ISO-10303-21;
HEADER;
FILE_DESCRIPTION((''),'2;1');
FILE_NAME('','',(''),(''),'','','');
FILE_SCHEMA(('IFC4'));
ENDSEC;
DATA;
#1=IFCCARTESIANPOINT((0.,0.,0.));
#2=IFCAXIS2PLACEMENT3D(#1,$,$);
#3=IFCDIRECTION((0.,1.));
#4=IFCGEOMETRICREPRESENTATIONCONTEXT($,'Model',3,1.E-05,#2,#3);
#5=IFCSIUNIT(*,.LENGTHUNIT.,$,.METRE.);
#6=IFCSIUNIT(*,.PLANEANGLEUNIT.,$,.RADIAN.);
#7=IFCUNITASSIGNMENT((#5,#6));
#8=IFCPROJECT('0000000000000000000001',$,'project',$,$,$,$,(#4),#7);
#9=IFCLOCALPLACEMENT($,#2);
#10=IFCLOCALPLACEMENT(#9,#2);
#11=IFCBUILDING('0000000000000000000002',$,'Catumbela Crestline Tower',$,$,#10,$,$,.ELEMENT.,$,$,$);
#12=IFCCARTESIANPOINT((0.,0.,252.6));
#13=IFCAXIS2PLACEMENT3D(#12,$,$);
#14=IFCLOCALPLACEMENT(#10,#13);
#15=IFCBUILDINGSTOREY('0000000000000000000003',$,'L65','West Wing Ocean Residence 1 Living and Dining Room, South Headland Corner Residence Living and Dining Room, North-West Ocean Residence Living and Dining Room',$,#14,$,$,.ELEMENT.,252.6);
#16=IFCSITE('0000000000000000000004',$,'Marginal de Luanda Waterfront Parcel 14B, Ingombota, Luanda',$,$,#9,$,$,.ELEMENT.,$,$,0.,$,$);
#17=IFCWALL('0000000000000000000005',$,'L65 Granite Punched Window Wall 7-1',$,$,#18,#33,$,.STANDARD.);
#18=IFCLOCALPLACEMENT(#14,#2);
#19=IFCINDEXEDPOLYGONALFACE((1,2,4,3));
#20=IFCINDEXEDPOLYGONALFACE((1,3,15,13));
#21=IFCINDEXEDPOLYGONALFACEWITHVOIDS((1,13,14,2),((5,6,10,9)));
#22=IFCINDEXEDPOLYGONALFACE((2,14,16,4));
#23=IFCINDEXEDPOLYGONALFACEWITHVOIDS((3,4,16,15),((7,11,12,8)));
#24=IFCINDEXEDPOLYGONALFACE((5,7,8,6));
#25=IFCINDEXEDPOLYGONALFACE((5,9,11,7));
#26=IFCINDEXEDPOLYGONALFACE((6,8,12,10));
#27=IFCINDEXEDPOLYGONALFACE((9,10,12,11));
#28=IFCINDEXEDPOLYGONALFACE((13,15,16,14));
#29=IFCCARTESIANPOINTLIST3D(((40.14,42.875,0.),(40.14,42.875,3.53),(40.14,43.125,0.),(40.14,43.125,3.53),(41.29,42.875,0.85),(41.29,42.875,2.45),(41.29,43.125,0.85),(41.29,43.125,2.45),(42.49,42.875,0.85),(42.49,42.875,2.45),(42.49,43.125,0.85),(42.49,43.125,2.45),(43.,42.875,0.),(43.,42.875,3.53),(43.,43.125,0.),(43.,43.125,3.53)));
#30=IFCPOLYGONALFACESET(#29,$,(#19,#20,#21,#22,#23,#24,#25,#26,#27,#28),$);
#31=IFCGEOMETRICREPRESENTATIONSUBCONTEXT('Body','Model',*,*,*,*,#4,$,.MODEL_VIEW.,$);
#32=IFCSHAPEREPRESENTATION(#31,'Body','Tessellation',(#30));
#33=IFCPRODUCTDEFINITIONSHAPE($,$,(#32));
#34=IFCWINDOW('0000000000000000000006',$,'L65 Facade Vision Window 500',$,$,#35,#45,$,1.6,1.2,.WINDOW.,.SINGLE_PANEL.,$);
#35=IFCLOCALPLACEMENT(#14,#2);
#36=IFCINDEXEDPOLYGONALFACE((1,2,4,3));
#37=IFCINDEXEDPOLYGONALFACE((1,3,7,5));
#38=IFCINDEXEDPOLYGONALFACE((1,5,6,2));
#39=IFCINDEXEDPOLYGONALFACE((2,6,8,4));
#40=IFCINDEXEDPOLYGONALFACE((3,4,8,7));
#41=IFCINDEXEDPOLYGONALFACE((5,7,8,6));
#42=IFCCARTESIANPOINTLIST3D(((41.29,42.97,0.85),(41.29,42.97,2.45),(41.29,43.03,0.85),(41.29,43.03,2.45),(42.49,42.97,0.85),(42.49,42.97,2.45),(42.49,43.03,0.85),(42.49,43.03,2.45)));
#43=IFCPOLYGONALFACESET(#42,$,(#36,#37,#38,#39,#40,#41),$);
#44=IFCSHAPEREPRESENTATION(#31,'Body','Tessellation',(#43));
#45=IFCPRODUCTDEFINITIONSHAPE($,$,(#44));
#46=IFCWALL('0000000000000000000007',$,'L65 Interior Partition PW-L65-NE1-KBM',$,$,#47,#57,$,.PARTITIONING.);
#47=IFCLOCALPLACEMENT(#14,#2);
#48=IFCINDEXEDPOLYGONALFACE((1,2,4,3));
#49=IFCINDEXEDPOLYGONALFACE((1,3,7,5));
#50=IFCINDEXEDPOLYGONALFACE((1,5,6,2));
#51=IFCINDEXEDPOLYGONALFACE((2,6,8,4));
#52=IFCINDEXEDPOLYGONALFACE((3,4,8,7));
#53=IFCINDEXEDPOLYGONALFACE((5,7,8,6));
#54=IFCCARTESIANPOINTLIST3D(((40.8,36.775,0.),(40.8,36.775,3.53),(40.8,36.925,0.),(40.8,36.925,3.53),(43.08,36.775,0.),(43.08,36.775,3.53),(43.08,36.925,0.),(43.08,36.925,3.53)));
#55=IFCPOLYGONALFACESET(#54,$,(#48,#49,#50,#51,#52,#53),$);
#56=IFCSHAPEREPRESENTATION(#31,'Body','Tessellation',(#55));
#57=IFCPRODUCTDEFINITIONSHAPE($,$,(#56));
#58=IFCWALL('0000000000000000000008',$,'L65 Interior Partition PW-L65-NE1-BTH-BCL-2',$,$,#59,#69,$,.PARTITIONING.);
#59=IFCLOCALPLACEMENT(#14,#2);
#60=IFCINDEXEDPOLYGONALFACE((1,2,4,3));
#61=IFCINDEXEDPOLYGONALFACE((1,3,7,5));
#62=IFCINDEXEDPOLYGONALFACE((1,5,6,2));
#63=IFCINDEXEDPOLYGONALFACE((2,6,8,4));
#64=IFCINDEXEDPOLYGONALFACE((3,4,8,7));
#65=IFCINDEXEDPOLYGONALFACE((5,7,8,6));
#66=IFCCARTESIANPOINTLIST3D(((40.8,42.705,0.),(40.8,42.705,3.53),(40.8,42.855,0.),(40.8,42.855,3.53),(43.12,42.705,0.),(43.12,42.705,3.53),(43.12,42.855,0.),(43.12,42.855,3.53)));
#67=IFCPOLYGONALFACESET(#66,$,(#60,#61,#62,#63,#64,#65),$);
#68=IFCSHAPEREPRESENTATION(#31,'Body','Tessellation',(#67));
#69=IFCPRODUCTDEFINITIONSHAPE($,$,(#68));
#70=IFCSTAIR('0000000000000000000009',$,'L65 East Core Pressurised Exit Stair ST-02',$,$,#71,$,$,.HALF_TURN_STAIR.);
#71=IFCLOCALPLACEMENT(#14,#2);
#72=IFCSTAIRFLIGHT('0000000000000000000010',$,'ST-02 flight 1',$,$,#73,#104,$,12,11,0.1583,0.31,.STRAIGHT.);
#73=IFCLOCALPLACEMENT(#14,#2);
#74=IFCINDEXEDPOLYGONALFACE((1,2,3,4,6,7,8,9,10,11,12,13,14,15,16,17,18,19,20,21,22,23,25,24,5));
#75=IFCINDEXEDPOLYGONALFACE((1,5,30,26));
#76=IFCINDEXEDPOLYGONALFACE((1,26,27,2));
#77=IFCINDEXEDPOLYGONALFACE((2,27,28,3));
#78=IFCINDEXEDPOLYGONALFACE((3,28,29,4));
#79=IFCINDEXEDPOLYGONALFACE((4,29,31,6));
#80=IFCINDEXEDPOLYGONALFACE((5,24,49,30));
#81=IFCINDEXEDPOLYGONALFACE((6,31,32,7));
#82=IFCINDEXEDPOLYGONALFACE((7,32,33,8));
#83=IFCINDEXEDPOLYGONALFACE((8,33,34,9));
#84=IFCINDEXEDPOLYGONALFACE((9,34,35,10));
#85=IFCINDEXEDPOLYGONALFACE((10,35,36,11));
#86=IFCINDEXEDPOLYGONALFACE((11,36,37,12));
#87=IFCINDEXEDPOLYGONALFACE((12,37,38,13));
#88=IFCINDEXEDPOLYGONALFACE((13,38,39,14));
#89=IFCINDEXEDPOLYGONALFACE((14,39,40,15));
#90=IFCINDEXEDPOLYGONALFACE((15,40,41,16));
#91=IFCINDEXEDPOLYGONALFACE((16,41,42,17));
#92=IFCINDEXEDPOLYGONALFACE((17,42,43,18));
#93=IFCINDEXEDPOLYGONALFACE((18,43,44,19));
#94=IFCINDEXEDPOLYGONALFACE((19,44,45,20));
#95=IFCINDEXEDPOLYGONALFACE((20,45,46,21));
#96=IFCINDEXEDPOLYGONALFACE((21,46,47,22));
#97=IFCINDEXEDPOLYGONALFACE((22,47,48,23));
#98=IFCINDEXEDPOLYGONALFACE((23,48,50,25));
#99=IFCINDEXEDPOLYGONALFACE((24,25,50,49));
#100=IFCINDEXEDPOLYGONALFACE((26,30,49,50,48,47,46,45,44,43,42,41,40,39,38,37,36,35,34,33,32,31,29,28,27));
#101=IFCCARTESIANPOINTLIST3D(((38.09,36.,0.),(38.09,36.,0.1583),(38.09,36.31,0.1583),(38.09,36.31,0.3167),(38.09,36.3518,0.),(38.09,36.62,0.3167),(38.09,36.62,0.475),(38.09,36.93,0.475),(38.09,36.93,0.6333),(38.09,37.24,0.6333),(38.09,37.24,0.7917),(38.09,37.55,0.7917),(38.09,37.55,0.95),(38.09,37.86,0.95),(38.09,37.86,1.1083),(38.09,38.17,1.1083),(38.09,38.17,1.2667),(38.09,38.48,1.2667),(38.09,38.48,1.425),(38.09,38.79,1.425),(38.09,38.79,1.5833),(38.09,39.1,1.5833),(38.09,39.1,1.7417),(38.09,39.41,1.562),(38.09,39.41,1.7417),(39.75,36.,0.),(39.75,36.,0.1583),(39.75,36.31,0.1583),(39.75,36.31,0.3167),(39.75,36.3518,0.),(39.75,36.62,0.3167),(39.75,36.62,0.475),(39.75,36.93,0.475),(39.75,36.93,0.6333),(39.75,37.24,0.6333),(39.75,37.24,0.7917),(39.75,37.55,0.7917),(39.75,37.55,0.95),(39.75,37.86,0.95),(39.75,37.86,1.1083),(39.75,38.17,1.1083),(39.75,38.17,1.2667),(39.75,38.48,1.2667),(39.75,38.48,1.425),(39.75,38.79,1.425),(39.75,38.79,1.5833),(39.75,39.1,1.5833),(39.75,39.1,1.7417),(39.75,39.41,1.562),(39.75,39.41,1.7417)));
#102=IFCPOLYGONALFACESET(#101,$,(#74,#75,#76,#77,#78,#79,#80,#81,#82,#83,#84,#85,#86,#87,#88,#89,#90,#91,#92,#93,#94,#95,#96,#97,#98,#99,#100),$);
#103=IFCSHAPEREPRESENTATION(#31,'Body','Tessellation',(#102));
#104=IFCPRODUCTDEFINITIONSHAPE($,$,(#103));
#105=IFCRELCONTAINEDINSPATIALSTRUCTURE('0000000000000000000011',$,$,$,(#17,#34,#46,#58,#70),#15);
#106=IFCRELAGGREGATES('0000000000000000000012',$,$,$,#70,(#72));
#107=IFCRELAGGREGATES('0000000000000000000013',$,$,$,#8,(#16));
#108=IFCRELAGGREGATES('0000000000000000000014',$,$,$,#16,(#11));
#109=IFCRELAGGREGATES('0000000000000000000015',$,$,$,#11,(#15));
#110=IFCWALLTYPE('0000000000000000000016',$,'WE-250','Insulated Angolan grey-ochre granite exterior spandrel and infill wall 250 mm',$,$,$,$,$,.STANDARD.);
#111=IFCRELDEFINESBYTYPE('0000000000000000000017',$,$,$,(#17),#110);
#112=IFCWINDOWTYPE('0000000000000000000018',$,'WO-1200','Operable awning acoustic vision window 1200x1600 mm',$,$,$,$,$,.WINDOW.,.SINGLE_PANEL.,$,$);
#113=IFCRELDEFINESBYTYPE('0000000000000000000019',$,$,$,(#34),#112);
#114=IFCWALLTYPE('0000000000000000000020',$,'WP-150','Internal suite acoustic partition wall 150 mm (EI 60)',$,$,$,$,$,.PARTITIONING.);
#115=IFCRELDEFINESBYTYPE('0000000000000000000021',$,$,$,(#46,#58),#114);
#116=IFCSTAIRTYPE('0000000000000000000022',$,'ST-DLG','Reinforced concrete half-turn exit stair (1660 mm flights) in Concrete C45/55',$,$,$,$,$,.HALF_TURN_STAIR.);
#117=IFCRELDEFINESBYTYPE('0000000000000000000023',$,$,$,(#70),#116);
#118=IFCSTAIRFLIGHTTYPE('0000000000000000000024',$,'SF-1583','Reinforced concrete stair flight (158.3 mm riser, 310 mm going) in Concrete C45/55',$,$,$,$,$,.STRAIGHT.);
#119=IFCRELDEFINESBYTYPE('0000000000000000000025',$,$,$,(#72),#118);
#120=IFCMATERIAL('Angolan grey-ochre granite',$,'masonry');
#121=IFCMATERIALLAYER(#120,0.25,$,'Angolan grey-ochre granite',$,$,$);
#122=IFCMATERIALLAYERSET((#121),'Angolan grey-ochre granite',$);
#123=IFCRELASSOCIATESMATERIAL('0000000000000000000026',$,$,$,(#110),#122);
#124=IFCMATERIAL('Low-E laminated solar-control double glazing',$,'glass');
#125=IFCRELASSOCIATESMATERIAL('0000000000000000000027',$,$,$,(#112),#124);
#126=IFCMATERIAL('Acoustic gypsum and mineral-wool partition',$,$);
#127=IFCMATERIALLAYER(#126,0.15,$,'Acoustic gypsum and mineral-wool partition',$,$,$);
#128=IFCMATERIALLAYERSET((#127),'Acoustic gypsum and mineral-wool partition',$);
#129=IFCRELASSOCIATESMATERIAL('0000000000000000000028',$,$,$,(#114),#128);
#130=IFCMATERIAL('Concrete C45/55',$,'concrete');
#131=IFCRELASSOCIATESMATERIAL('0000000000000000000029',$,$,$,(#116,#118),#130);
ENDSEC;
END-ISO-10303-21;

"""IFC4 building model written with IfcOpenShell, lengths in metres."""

from ifc_helpers import new_model, si_unit, direction, frame, frame_2d, origin, place, context, subcontext, project, spatial, polyline, rectangle, outline, extrude, material, layer, layer_set, type_object, element, fill, aggregate, save


model = new_model("IFC4")

# Units and contexts
model_context = context("Model", 3, precision=1e-05, world=origin(), true_north=direction((0.0, 1.0)))
body_context = subcontext(model_context, "Body", "Model", "MODEL_VIEW")
ifc_project = project(units=[si_unit("LENGTHUNIT", "METRE"), si_unit("PLANEANGLEUNIT", "RADIAN")], contexts=[model_context])

# Site, building, storey
site_placement = place(None, origin())
site = spatial("IfcSite", under=ifc_project, at=site_placement, Name="Marginal de Luanda Waterfront Parcel 14B, Ingombota, Luanda", CompositionType="ELEMENT", RefElevation=0.0)
building_placement = place(site_placement, origin())
building = spatial("IfcBuilding", under=site, at=building_placement, Name="Catumbela Crestline Tower", CompositionType="ELEMENT")
storey_placement = place(building_placement, frame((0.0, 0.0, 252.6)))
storey = spatial("IfcBuildingStorey", under=building, at=storey_placement, Name="L65", Description="West Wing Ocean Residence 1 Living and Dining Room, South Headland Corner Residence Living and Dining Room, North-West Ocean Residence Living and Dining Room", CompositionType="ELEMENT", Elevation=252.6)

# Shared definitions
ifc_material_1 = material(Name="Concrete C45/55", Category="concrete")

# Shared definitions
ifc_material_2 = material(Name="Low-E laminated solar-control double glazing", Category="glass")

# Wall, opening, window
ifc_material_3 = material(Name="Angolan grey-ochre granite", Category="masonry")
ifc_layer_1 = layer(ifc_material_3, 0.25, Name="Angolan grey-ochre granite")
ifc_layer_set_1 = layer_set([ifc_layer_1], Name="Angolan grey-ochre granite")
wall_type_1 = type_object("IfcWallType", Name="WE-250", Description="Insulated Angolan grey-ochre granite exterior spandrel and infill wall 250 mm", PredefinedType="STANDARD", material=ifc_layer_set_1)
wall_1_placement = place(storey_placement, frame((43.0, 43.0, 0.0), z_axis=(0.0, 0.0, 1.0), x_axis=(-1.0, 0.0, 0.0)))
wall_1 = element("IfcWall", 1, at=wall_1_placement, inside=storey, type_object=wall_type_1, Name="L65 Granite Punched Window Wall 7-1", PredefinedType="STANDARD", context=body_context, shape_type="SweptSolid", body=[
    extrude(rectangle(XDim=2.86, YDim=0.25, at=frame_2d((1.43, 0.0))), origin(), (0.0, 0.0, 1.0), 3.53),
])
opening_1_placement = place(wall_1_placement, frame((0.51, 0.0, 0.85)))
opening_1 = element("IfcOpeningElement", 2, at=opening_1_placement, cuts=wall_1, PredefinedType="OPENING", context=body_context, shape_type="SweptSolid", body=[
    extrude(rectangle(XDim=1.2, YDim=1.6, at=frame_2d((0.6, 0.8))), frame((0.0, 0.135, 0.0), z_axis=(0.0, -1.0, 0.0), x_axis=(1.0, 0.0, 0.0)), (0.0, 0.0, 1.0), 0.27),
])
window_type_1 = type_object("IfcWindowType", Name="WO-1200", Description="Operable awning acoustic vision window 1200x1600 mm", PartitioningType="SINGLE_PANEL", PredefinedType="WINDOW", material=ifc_material_2)
window_1_placement = place(opening_1_placement, origin())
window_1 = element("IfcWindow", 3, at=window_1_placement, inside=storey, type_object=window_type_1, Name="L65 Facade Vision Window 500", OverallHeight=1.6, OverallWidth=1.2, PartitioningType="SINGLE_PANEL", PredefinedType="WINDOW", context=body_context, shape_type="SweptSolid", body=[
    extrude(rectangle(XDim=1.2, YDim=1.6, at=frame_2d((0.6, 0.8))), frame((0.0, 0.03, 0.0), z_axis=(0.0, -1.0, 0.0), x_axis=(1.0, 0.0, 0.0)), (0.0, 0.0, 1.0), 0.06),
])
fill(opening_1, window_1)

# Walls
ifc_material_4 = material(Name="Acoustic gypsum and mineral-wool partition")
ifc_layer_2 = layer(ifc_material_4, 0.15, Name="Acoustic gypsum and mineral-wool partition")
ifc_layer_set_2 = layer_set([ifc_layer_2], Name="Acoustic gypsum and mineral-wool partition")
wall_type_2 = type_object("IfcWallType", Name="WP-150", Description="Internal suite acoustic partition wall 150 mm (EI 60)", PredefinedType="PARTITIONING", material=ifc_layer_set_2)
wall_2_placement = place(storey_placement, frame((40.8, 36.85, 0.0), z_axis=(0.0, 0.0, 1.0), x_axis=(1.0, 0.0, 0.0)))
element("IfcWall", 4, at=wall_2_placement, inside=storey, type_object=wall_type_2, Name="L65 Interior Partition PW-L65-NE1-KBM", PredefinedType="PARTITIONING", context=body_context, shape_type="SweptSolid", body=[
    extrude(rectangle(XDim=2.28, YDim=0.15, at=frame_2d((1.14, 0.0))), origin(), (0.0, 0.0, 1.0), 3.53),
])
wall_3_placement = place(storey_placement, frame((40.8, 42.78, 0.0), z_axis=(0.0, 0.0, 1.0), x_axis=(1.0, 0.0, 0.0)))
element("IfcWall", 5, at=wall_3_placement, inside=storey, type_object=wall_type_2, Name="L65 Interior Partition PW-L65-NE1-BTH-BCL-2", PredefinedType="PARTITIONING", context=body_context, shape_type="SweptSolid", body=[
    extrude(rectangle(XDim=2.32, YDim=0.15, at=frame_2d((1.16, 0.0))), origin(), (0.0, 0.0, 1.0), 3.53),
])

# Stair, stair flight
stair_type = type_object("IfcStairType", Name="ST-DLG", Description="Reinforced concrete half-turn exit stair (1660 mm flights) in Concrete C45/55", PredefinedType="HALF_TURN_STAIR", material=ifc_material_1)
stair_placement = place(storey_placement, origin())
stair = element("IfcStair", 6, at=stair_placement, inside=storey, type_object=stair_type, Name="L65 East Core Pressurised Exit Stair ST-02", PredefinedType="HALF_TURN_STAIR")
stair_flight_type = type_object("IfcStairFlightType", Name="SF-1583", Description="Reinforced concrete stair flight (158.3 mm riser, 310 mm going) in Concrete C45/55", PredefinedType="STRAIGHT", material=ifc_material_1)
stair_flight_placement = place(storey_placement, frame((38.92, 36.0, 0.0), z_axis=(0.0, 0.0, 1.0), x_axis=(0.0, 1.0, 0.0)))
stair_flight = element("IfcStairFlight", 7, at=stair_flight_placement, type_object=stair_flight_type, Name="ST-02 flight 1", NumberOfRisers=12, NumberOfTreads=11, PredefinedType="STRAIGHT", RiserHeight=0.1583, TreadLength=0.31, context=body_context, shape_type="SweptSolid", body=[
    extrude(outline(polyline([(0.0, 0.0), (0.0, 0.1583), (0.31, 0.1583), (0.31, 0.3167), (0.62, 0.3167), (0.62, 0.475), (0.93, 0.475), (0.93, 0.6333), (1.24, 0.6333), (1.24, 0.7917), (1.55, 0.7917), (1.55, 0.95), (1.86, 0.95), (1.86, 1.1083), (2.17, 1.1083), (2.17, 1.2667), (2.48, 1.2667), (2.48, 1.425), (2.79, 1.425), (2.79, 1.5833), (3.1, 1.5833), (3.1, 1.7417), (3.41, 1.7417), (3.41, 1.9), (3.41, 1.562), (0.3518, 0.0), (0.0, 0.0)])), frame((0.0, 0.83, 0.0), z_axis=(0.0, -1.0, 0.0), x_axis=(1.0, 0.0, 0.0)), (0.0, 0.0, 1.0), 1.66),
])
aggregate(stair, [stair_flight])

save(model, "model.ifc")
